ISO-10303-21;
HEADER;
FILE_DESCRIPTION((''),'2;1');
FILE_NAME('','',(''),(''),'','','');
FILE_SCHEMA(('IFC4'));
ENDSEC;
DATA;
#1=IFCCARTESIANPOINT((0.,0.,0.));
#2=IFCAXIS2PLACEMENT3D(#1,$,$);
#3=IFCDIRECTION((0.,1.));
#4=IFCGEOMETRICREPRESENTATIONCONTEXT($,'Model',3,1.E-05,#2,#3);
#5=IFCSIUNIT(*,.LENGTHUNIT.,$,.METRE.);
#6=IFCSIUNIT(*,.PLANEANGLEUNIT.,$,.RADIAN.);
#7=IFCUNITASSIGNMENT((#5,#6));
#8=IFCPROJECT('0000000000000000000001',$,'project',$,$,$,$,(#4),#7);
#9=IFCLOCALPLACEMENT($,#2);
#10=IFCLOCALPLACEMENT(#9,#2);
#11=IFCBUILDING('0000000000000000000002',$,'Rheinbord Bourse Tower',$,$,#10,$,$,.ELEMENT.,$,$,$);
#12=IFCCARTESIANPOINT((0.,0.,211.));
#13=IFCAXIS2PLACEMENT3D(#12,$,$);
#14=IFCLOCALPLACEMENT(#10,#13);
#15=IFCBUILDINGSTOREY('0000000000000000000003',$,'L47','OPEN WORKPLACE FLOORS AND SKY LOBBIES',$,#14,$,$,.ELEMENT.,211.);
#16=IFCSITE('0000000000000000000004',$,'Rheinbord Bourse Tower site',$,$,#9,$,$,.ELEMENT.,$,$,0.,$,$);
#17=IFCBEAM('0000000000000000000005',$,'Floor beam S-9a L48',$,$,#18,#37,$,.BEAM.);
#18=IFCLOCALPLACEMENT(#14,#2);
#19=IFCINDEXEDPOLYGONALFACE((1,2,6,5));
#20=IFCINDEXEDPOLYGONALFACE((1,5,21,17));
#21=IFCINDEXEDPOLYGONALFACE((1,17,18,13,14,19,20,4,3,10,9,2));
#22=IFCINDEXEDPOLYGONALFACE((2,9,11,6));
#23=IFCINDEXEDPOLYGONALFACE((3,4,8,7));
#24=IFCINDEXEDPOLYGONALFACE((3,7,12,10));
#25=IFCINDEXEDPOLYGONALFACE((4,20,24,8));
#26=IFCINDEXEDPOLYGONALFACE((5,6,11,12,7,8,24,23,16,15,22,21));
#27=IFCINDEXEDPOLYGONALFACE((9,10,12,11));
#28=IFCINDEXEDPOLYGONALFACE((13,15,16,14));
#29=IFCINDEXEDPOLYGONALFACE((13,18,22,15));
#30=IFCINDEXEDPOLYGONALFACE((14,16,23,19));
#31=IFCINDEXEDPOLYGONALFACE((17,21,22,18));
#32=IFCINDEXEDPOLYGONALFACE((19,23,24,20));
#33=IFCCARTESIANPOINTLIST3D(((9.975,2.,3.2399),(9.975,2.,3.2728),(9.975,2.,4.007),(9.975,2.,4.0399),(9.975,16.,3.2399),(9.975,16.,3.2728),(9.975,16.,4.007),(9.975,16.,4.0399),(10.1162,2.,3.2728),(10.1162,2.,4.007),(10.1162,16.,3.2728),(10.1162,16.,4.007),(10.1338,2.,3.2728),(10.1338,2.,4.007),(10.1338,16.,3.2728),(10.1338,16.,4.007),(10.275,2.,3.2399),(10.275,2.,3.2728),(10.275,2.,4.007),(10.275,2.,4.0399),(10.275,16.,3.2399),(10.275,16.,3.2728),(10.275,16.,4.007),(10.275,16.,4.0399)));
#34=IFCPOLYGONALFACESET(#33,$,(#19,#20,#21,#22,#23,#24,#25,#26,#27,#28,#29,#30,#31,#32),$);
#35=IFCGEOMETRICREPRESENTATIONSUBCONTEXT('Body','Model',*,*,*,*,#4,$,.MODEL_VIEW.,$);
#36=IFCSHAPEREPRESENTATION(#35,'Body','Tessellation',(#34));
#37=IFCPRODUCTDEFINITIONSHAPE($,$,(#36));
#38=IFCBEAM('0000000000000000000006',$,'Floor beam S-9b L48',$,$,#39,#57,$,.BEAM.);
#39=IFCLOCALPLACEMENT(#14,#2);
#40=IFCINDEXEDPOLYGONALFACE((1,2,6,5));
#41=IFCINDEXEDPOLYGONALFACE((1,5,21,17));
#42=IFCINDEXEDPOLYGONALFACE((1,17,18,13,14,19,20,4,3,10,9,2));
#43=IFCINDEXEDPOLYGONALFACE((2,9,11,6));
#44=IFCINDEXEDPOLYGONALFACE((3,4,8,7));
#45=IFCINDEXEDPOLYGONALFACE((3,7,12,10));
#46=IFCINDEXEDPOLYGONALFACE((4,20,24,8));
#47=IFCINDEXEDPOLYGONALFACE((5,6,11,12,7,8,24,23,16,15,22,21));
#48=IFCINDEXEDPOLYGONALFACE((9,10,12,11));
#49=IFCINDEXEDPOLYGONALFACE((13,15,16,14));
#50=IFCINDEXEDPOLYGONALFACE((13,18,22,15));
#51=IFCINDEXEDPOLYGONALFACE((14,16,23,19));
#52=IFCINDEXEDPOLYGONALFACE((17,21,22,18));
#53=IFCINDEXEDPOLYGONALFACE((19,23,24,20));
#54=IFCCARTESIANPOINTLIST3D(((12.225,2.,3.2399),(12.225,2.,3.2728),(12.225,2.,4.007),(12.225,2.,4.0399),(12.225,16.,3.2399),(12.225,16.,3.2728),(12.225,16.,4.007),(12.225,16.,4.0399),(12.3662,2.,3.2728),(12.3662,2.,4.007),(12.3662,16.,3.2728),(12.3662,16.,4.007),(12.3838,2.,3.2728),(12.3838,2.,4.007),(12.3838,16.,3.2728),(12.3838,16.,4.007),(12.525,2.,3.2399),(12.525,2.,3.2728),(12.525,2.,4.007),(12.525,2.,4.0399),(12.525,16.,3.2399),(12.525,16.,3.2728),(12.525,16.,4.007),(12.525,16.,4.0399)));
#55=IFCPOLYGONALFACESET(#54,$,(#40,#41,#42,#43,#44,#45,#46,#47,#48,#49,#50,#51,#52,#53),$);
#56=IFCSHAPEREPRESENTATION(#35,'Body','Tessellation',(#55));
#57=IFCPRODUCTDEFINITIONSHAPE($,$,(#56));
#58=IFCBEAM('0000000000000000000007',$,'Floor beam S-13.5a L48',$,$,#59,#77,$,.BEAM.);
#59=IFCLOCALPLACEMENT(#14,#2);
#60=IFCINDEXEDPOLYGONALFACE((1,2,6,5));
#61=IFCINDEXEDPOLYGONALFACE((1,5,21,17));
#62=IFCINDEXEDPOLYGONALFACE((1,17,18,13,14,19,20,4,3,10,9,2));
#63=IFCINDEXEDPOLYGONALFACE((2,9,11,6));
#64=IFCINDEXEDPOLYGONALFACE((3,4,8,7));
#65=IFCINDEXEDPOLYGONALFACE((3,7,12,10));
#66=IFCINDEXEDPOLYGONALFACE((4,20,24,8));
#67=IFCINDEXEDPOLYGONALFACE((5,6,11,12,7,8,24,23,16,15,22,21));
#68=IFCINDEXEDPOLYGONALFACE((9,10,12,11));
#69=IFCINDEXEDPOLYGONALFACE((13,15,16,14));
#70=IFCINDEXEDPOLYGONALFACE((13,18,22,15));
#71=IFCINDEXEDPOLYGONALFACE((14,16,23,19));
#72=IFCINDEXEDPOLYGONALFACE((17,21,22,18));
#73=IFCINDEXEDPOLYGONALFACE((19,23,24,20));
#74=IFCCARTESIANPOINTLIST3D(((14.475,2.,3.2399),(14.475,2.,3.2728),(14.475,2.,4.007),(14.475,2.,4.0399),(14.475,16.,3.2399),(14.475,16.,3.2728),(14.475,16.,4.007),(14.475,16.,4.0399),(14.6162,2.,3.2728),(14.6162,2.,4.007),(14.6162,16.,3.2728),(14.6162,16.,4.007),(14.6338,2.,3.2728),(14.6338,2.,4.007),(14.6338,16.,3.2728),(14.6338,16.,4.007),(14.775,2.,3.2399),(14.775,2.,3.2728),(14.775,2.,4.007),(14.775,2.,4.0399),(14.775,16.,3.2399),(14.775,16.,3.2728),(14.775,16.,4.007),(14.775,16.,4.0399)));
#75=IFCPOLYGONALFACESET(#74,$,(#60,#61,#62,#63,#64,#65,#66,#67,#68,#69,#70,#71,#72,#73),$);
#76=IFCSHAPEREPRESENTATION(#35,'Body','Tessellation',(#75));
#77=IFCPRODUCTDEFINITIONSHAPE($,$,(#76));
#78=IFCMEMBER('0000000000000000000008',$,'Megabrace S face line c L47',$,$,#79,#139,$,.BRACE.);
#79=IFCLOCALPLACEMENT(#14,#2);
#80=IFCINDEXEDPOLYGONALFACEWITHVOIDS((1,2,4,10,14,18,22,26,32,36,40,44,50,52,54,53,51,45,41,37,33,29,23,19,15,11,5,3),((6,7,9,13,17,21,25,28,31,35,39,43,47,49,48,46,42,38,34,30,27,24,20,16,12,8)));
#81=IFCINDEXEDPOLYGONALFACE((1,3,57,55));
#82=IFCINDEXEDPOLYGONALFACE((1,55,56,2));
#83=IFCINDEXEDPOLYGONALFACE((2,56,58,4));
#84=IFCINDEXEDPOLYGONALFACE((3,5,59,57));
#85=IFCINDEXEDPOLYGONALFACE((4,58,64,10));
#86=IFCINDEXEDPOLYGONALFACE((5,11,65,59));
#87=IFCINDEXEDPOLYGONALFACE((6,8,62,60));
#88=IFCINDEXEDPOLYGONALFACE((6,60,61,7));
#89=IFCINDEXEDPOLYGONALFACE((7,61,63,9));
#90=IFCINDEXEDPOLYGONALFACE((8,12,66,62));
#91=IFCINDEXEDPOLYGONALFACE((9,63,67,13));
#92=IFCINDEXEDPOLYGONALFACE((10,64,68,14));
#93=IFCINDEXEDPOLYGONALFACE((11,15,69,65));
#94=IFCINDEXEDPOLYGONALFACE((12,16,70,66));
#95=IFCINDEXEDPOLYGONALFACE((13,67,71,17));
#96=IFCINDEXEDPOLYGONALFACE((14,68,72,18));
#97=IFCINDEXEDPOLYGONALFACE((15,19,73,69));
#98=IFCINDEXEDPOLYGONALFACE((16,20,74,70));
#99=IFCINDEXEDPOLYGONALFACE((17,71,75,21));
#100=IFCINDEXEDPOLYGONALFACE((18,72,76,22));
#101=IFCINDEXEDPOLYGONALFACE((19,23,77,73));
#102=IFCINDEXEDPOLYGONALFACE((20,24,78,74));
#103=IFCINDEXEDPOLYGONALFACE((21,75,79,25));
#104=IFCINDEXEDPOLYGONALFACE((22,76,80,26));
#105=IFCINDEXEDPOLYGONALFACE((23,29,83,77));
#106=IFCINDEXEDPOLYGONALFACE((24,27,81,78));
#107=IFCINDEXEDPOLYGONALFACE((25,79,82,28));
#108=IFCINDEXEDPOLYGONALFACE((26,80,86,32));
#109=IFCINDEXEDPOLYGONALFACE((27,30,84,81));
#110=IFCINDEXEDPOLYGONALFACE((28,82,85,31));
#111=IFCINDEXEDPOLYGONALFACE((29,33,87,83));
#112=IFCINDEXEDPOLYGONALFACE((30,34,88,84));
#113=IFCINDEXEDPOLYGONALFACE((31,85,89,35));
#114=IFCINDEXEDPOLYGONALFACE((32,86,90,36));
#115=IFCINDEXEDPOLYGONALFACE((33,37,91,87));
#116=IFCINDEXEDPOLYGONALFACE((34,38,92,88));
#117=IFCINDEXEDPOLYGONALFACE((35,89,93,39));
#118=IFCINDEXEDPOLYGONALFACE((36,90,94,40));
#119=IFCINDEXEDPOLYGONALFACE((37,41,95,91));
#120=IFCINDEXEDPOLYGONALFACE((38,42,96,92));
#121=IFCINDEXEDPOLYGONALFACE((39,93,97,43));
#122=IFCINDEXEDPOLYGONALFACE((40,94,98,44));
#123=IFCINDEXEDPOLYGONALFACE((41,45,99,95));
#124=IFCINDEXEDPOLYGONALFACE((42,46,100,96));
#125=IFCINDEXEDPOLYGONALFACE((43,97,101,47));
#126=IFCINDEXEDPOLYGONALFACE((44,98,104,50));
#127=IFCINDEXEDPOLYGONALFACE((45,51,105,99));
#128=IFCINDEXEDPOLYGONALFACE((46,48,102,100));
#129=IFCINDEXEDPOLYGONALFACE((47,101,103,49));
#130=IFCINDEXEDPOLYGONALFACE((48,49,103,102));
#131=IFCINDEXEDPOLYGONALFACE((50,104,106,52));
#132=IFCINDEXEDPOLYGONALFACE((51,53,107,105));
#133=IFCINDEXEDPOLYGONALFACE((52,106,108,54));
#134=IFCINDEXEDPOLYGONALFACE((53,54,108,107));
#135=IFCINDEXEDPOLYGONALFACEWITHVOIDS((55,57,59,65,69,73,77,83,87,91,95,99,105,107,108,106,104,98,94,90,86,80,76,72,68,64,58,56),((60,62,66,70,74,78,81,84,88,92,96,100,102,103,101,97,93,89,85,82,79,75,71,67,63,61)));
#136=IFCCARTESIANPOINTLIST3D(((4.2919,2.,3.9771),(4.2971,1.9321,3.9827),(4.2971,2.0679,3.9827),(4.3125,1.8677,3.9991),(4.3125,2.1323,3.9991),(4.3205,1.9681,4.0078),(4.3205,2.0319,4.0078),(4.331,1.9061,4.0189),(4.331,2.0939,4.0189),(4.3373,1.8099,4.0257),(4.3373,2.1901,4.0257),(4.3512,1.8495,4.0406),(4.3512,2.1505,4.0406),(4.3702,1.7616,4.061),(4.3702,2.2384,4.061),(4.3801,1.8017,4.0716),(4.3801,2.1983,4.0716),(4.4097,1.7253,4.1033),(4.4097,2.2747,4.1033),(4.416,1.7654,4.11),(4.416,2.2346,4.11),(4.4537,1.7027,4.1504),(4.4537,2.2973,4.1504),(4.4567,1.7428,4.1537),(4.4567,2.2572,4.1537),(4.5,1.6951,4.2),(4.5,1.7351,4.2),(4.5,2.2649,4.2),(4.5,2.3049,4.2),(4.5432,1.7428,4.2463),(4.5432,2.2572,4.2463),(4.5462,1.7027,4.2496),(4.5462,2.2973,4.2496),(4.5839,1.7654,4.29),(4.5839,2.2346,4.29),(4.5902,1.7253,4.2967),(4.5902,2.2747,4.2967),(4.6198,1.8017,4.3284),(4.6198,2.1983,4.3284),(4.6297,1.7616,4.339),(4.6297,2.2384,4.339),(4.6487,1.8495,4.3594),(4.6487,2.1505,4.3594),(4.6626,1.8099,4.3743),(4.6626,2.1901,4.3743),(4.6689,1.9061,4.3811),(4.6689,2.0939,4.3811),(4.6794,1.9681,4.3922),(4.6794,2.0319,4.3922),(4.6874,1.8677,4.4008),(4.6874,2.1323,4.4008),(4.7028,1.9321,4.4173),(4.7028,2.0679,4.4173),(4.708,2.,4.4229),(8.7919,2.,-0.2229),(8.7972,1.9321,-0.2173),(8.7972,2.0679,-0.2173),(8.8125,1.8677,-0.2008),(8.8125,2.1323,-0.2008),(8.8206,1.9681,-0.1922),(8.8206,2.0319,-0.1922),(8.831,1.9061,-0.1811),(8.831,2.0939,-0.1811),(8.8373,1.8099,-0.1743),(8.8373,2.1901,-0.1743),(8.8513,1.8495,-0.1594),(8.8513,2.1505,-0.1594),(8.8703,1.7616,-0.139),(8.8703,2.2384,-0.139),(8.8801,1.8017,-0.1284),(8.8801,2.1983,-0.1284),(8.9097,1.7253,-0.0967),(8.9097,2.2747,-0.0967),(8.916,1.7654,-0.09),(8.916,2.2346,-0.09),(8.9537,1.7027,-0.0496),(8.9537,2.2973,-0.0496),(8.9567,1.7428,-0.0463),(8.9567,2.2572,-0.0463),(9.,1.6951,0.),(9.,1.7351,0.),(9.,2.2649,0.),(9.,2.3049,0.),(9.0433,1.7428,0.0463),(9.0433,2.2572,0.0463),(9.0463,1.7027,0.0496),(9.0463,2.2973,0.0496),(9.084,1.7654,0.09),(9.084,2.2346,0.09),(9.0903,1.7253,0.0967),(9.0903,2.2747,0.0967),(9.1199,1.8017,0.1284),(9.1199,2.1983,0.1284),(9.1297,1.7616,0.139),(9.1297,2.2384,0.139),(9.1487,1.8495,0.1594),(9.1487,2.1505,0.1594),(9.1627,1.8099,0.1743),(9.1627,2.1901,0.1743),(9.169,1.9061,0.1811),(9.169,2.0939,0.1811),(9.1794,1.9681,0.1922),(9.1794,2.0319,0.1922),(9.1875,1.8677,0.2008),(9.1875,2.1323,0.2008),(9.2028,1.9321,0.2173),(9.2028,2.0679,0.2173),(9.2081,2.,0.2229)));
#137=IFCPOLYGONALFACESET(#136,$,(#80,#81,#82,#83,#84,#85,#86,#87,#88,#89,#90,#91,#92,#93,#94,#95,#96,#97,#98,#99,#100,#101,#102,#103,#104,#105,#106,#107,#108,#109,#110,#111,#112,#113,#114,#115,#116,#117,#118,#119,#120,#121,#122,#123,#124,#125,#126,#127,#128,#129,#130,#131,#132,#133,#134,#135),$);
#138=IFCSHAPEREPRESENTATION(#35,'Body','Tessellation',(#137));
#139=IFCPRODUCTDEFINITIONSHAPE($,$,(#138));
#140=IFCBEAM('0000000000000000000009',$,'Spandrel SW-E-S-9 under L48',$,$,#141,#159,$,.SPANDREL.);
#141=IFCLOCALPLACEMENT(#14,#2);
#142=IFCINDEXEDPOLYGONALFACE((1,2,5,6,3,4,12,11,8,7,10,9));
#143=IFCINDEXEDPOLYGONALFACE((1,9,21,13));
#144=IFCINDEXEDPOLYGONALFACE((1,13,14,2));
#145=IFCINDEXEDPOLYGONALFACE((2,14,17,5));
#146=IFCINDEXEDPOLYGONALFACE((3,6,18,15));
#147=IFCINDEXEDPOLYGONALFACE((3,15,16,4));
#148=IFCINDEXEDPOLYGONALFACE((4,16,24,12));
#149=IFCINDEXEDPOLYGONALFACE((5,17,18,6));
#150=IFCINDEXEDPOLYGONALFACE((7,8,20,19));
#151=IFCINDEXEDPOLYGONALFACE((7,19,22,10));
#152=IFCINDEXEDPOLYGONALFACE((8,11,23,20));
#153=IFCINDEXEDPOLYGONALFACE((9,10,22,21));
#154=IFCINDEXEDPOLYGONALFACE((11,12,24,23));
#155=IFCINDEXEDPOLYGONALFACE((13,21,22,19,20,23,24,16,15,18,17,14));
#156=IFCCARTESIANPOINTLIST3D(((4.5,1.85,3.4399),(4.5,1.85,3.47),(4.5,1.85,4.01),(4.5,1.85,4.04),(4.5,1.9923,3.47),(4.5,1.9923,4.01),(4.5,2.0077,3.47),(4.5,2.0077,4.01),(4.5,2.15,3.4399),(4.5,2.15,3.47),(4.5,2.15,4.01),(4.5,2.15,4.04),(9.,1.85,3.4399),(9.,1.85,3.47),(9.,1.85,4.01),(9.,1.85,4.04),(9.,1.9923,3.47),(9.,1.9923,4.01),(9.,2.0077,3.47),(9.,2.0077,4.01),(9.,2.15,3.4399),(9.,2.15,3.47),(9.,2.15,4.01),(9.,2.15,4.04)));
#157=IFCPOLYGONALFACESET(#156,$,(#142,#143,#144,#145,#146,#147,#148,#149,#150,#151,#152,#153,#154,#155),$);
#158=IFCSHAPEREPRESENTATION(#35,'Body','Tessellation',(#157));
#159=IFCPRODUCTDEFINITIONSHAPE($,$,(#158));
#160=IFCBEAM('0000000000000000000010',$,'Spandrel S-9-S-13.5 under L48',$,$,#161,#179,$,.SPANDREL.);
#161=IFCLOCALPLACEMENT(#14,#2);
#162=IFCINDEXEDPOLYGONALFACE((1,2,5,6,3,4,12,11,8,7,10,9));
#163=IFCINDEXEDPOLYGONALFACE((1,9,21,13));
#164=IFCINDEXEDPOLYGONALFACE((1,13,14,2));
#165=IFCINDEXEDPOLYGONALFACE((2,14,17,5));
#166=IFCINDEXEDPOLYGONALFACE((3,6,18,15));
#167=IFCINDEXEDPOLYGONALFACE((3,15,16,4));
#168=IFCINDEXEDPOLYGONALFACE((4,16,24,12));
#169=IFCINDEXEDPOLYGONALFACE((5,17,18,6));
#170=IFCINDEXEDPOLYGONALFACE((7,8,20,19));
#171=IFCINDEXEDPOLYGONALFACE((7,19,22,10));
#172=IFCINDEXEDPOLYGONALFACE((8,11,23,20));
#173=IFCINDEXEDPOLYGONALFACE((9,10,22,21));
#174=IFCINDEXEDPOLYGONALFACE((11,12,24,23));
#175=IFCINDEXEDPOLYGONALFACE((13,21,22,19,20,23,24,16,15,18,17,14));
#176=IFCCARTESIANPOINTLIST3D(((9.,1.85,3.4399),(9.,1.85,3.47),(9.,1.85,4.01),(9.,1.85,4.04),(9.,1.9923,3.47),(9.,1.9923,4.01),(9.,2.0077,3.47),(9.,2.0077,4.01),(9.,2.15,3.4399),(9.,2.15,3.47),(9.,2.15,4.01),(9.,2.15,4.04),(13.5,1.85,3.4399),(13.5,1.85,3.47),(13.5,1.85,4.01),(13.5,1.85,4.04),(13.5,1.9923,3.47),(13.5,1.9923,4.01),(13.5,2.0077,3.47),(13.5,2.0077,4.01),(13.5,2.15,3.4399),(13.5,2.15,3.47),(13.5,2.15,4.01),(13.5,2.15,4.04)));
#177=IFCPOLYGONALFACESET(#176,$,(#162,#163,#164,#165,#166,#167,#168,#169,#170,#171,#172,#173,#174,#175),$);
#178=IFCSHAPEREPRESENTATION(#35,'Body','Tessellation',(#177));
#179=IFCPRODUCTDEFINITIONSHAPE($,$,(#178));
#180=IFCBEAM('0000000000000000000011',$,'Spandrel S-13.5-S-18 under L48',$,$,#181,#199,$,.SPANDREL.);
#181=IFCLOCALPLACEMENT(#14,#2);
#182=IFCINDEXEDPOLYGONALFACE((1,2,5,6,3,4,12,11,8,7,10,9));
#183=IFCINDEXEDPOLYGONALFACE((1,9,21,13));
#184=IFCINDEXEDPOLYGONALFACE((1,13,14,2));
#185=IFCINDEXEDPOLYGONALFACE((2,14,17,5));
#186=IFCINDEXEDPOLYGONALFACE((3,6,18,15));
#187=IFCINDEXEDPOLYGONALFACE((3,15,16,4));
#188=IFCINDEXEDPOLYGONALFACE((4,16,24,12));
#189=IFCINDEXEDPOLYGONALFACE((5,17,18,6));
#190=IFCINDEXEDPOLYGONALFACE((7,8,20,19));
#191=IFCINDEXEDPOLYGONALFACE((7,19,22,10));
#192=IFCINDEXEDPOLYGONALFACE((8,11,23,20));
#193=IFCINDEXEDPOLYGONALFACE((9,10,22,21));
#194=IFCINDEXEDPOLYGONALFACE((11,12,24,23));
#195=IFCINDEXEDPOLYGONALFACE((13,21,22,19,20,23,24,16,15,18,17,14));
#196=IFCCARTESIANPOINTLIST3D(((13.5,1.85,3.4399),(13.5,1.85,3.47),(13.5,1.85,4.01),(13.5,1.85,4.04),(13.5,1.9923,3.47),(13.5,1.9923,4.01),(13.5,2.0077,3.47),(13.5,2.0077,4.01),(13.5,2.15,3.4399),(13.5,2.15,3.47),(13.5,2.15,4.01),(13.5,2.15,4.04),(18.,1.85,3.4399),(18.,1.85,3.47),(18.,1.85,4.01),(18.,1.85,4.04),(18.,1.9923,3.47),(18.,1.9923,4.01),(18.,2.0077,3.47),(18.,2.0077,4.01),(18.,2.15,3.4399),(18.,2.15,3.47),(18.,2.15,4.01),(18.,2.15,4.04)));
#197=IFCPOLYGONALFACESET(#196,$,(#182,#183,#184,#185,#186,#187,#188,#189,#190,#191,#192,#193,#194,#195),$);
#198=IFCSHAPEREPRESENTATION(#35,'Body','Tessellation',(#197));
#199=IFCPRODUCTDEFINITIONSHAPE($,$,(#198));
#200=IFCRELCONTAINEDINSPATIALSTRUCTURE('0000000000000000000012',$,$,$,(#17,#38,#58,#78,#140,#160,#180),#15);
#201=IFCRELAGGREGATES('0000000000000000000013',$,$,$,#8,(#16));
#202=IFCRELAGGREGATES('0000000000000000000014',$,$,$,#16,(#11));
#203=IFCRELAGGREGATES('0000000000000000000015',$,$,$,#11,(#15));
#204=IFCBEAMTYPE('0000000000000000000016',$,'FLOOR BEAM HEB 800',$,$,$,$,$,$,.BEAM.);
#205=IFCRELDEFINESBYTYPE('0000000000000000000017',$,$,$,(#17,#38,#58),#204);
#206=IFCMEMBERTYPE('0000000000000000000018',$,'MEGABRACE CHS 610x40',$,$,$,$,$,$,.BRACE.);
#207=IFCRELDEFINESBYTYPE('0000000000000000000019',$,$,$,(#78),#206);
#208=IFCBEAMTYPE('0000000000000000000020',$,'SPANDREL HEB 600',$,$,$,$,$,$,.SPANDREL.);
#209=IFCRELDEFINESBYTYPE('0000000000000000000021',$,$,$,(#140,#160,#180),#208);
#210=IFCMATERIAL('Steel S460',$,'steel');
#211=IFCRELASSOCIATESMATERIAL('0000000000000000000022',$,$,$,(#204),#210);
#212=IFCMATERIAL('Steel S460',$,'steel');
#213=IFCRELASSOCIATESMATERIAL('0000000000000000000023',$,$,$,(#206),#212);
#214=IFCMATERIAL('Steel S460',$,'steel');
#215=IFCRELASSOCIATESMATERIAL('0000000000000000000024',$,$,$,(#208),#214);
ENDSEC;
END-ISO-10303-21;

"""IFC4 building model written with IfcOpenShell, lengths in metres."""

from ifc_helpers import new_model, si_unit, direction, frame, origin, origin_2d, place, context, subcontext, project, spatial, hollow_circle, i_section, extrude, material, material_profile, profile_set, type_object, element, save


model = new_model("IFC4")

# Units and contexts
model_context = context("Model", 3, precision=1e-05, world=origin(), true_north=direction((0.0, 1.0)))
body_context = subcontext(model_context, "Body", "Model", "MODEL_VIEW")
ifc_project = project(units=[si_unit("LENGTHUNIT", "METRE"), si_unit("PLANEANGLEUNIT", "RADIAN")], contexts=[model_context])

# Site, building, storey
site_placement = place(None, origin())
site = spatial("IfcSite", under=ifc_project, at=site_placement, Name="Rheinbord Bourse Tower site", CompositionType="ELEMENT", RefElevation=0.0)
building_placement = place(site_placement, origin())
building = spatial("IfcBuilding", under=site, at=building_placement, Name="Rheinbord Bourse Tower", CompositionType="ELEMENT")
storey_placement = place(building_placement, frame((0.0, 0.0, 211.0)))
storey = spatial("IfcBuildingStorey", under=building, at=storey_placement, Name="L47", Description="OPEN WORKPLACE FLOORS AND SKY LOBBIES", CompositionType="ELEMENT", Elevation=211.0)

# Beams
ifc_material_1 = material(Name="Steel S460", Category="steel")
ifc_material_profile_1 = material_profile(ifc_material_1, i_section(OverallWidth=0.3, OverallDepth=0.8, WebThickness=0.0176, FlangeThickness=0.033, at=origin_2d()), Name="HEB 800")
ifc_profile_set_1 = profile_set([ifc_material_profile_1], Name="Steel S460")
beam_type_1 = type_object("IfcBeamType", Name="FLOOR BEAM HEB 800", PredefinedType="BEAM", material=ifc_profile_set_1)
for number, where, z_axis, x_axis, name in (
    (1, (10.125, 2.0, 3.6399), (0.0, 1.0, 0.0), (-1.0, 0.0, 0.0), "Floor beam S-9a L48"),
    (2, (12.375, 2.0, 3.6399), (0.0, 1.0, 0.0), (-1.0, 0.0, 0.0), "Floor beam S-9b L48"),
    (3, (14.625, 2.0, 3.6399), (0.0, 1.0, 0.0), (-1.0, 0.0, 0.0), "Floor beam S-13.5a L48"),
):
    element("IfcBeam", number, at=place(storey_placement, frame(where, z_axis=z_axis, x_axis=x_axis)), inside=storey, type_object=beam_type_1, Name=name, PredefinedType="BEAM", context=body_context, shape_type="SweptSolid", body=[
        extrude(i_section(OverallWidth=0.3, OverallDepth=0.8, WebThickness=0.0176, FlangeThickness=0.033, at=origin_2d()), origin(), (0.0, 0.0, 1.0), 14.0),
    ])

# Member
ifc_material_2 = material(Name="Steel S460", Category="steel")
ifc_material_profile_2 = material_profile(ifc_material_2, hollow_circle(Radius=0.3049, WallThickness=0.04, at=origin_2d()), Name="CHS 610x40")
ifc_profile_set_2 = profile_set([ifc_material_profile_2], Name="Steel S460")
member_type_1 = type_object("IfcMemberType", Name="MEGABRACE CHS 610x40", PredefinedType="BRACE", material=ifc_profile_set_2)
member_1_placement = place(storey_placement, frame((9.0, 2.0, 0.0), z_axis=(-0.731059, 0.0, 0.682314), x_axis=(0.0, -1.0, 0.0)))
element("IfcMember", 4, at=member_1_placement, inside=storey, type_object=member_type_1, Name="Megabrace S face line c L47", PredefinedType="BRACE", context=body_context, shape_type="SweptSolid", body=[
    extrude(hollow_circle(Radius=0.3049, WallThickness=0.04, at=origin_2d()), origin(), (0.0, 0.0, 1.0), 6.1555),
])

# Beams
ifc_material_3 = material(Name="Steel S460", Category="steel")
ifc_material_profile_3 = material_profile(ifc_material_3, i_section(OverallWidth=0.3, OverallDepth=0.6001, WebThickness=0.0154, FlangeThickness=0.03, at=origin_2d()), Name="HEB 600")
ifc_profile_set_3 = profile_set([ifc_material_profile_3], Name="Steel S460")
beam_type_2 = type_object("IfcBeamType", Name="SPANDREL HEB 600", PredefinedType="SPANDREL", material=ifc_profile_set_3)
for number, where, z_axis, x_axis, name in (
    (5, (4.5, 2.0, 3.74), (1.0, 0.0, 0.0), (0.0, 1.0, 0.0), "Spandrel SW-E-S-9 under L48"),
    (6, (9.0, 2.0, 3.74), (1.0, 0.0, 0.0), (0.0, 1.0, 0.0), "Spandrel S-9-S-13.5 under L48"),
    (7, (13.5, 2.0, 3.74), (1.0, 0.0, 0.0), (0.0, 1.0, 0.0), "Spandrel S-13.5-S-18 under L48"),
):
    element("IfcBeam", number, at=place(storey_placement, frame(where, z_axis=z_axis, x_axis=x_axis)), inside=storey, type_object=beam_type_2, Name=name, PredefinedType="SPANDREL", context=body_context, shape_type="SweptSolid", body=[
        extrude(i_section(OverallWidth=0.3, OverallDepth=0.6001, WebThickness=0.0154, FlangeThickness=0.03, at=origin_2d()), origin(), (0.0, 0.0, 1.0), 4.5),
    ])

save(model, "model.ifc")
